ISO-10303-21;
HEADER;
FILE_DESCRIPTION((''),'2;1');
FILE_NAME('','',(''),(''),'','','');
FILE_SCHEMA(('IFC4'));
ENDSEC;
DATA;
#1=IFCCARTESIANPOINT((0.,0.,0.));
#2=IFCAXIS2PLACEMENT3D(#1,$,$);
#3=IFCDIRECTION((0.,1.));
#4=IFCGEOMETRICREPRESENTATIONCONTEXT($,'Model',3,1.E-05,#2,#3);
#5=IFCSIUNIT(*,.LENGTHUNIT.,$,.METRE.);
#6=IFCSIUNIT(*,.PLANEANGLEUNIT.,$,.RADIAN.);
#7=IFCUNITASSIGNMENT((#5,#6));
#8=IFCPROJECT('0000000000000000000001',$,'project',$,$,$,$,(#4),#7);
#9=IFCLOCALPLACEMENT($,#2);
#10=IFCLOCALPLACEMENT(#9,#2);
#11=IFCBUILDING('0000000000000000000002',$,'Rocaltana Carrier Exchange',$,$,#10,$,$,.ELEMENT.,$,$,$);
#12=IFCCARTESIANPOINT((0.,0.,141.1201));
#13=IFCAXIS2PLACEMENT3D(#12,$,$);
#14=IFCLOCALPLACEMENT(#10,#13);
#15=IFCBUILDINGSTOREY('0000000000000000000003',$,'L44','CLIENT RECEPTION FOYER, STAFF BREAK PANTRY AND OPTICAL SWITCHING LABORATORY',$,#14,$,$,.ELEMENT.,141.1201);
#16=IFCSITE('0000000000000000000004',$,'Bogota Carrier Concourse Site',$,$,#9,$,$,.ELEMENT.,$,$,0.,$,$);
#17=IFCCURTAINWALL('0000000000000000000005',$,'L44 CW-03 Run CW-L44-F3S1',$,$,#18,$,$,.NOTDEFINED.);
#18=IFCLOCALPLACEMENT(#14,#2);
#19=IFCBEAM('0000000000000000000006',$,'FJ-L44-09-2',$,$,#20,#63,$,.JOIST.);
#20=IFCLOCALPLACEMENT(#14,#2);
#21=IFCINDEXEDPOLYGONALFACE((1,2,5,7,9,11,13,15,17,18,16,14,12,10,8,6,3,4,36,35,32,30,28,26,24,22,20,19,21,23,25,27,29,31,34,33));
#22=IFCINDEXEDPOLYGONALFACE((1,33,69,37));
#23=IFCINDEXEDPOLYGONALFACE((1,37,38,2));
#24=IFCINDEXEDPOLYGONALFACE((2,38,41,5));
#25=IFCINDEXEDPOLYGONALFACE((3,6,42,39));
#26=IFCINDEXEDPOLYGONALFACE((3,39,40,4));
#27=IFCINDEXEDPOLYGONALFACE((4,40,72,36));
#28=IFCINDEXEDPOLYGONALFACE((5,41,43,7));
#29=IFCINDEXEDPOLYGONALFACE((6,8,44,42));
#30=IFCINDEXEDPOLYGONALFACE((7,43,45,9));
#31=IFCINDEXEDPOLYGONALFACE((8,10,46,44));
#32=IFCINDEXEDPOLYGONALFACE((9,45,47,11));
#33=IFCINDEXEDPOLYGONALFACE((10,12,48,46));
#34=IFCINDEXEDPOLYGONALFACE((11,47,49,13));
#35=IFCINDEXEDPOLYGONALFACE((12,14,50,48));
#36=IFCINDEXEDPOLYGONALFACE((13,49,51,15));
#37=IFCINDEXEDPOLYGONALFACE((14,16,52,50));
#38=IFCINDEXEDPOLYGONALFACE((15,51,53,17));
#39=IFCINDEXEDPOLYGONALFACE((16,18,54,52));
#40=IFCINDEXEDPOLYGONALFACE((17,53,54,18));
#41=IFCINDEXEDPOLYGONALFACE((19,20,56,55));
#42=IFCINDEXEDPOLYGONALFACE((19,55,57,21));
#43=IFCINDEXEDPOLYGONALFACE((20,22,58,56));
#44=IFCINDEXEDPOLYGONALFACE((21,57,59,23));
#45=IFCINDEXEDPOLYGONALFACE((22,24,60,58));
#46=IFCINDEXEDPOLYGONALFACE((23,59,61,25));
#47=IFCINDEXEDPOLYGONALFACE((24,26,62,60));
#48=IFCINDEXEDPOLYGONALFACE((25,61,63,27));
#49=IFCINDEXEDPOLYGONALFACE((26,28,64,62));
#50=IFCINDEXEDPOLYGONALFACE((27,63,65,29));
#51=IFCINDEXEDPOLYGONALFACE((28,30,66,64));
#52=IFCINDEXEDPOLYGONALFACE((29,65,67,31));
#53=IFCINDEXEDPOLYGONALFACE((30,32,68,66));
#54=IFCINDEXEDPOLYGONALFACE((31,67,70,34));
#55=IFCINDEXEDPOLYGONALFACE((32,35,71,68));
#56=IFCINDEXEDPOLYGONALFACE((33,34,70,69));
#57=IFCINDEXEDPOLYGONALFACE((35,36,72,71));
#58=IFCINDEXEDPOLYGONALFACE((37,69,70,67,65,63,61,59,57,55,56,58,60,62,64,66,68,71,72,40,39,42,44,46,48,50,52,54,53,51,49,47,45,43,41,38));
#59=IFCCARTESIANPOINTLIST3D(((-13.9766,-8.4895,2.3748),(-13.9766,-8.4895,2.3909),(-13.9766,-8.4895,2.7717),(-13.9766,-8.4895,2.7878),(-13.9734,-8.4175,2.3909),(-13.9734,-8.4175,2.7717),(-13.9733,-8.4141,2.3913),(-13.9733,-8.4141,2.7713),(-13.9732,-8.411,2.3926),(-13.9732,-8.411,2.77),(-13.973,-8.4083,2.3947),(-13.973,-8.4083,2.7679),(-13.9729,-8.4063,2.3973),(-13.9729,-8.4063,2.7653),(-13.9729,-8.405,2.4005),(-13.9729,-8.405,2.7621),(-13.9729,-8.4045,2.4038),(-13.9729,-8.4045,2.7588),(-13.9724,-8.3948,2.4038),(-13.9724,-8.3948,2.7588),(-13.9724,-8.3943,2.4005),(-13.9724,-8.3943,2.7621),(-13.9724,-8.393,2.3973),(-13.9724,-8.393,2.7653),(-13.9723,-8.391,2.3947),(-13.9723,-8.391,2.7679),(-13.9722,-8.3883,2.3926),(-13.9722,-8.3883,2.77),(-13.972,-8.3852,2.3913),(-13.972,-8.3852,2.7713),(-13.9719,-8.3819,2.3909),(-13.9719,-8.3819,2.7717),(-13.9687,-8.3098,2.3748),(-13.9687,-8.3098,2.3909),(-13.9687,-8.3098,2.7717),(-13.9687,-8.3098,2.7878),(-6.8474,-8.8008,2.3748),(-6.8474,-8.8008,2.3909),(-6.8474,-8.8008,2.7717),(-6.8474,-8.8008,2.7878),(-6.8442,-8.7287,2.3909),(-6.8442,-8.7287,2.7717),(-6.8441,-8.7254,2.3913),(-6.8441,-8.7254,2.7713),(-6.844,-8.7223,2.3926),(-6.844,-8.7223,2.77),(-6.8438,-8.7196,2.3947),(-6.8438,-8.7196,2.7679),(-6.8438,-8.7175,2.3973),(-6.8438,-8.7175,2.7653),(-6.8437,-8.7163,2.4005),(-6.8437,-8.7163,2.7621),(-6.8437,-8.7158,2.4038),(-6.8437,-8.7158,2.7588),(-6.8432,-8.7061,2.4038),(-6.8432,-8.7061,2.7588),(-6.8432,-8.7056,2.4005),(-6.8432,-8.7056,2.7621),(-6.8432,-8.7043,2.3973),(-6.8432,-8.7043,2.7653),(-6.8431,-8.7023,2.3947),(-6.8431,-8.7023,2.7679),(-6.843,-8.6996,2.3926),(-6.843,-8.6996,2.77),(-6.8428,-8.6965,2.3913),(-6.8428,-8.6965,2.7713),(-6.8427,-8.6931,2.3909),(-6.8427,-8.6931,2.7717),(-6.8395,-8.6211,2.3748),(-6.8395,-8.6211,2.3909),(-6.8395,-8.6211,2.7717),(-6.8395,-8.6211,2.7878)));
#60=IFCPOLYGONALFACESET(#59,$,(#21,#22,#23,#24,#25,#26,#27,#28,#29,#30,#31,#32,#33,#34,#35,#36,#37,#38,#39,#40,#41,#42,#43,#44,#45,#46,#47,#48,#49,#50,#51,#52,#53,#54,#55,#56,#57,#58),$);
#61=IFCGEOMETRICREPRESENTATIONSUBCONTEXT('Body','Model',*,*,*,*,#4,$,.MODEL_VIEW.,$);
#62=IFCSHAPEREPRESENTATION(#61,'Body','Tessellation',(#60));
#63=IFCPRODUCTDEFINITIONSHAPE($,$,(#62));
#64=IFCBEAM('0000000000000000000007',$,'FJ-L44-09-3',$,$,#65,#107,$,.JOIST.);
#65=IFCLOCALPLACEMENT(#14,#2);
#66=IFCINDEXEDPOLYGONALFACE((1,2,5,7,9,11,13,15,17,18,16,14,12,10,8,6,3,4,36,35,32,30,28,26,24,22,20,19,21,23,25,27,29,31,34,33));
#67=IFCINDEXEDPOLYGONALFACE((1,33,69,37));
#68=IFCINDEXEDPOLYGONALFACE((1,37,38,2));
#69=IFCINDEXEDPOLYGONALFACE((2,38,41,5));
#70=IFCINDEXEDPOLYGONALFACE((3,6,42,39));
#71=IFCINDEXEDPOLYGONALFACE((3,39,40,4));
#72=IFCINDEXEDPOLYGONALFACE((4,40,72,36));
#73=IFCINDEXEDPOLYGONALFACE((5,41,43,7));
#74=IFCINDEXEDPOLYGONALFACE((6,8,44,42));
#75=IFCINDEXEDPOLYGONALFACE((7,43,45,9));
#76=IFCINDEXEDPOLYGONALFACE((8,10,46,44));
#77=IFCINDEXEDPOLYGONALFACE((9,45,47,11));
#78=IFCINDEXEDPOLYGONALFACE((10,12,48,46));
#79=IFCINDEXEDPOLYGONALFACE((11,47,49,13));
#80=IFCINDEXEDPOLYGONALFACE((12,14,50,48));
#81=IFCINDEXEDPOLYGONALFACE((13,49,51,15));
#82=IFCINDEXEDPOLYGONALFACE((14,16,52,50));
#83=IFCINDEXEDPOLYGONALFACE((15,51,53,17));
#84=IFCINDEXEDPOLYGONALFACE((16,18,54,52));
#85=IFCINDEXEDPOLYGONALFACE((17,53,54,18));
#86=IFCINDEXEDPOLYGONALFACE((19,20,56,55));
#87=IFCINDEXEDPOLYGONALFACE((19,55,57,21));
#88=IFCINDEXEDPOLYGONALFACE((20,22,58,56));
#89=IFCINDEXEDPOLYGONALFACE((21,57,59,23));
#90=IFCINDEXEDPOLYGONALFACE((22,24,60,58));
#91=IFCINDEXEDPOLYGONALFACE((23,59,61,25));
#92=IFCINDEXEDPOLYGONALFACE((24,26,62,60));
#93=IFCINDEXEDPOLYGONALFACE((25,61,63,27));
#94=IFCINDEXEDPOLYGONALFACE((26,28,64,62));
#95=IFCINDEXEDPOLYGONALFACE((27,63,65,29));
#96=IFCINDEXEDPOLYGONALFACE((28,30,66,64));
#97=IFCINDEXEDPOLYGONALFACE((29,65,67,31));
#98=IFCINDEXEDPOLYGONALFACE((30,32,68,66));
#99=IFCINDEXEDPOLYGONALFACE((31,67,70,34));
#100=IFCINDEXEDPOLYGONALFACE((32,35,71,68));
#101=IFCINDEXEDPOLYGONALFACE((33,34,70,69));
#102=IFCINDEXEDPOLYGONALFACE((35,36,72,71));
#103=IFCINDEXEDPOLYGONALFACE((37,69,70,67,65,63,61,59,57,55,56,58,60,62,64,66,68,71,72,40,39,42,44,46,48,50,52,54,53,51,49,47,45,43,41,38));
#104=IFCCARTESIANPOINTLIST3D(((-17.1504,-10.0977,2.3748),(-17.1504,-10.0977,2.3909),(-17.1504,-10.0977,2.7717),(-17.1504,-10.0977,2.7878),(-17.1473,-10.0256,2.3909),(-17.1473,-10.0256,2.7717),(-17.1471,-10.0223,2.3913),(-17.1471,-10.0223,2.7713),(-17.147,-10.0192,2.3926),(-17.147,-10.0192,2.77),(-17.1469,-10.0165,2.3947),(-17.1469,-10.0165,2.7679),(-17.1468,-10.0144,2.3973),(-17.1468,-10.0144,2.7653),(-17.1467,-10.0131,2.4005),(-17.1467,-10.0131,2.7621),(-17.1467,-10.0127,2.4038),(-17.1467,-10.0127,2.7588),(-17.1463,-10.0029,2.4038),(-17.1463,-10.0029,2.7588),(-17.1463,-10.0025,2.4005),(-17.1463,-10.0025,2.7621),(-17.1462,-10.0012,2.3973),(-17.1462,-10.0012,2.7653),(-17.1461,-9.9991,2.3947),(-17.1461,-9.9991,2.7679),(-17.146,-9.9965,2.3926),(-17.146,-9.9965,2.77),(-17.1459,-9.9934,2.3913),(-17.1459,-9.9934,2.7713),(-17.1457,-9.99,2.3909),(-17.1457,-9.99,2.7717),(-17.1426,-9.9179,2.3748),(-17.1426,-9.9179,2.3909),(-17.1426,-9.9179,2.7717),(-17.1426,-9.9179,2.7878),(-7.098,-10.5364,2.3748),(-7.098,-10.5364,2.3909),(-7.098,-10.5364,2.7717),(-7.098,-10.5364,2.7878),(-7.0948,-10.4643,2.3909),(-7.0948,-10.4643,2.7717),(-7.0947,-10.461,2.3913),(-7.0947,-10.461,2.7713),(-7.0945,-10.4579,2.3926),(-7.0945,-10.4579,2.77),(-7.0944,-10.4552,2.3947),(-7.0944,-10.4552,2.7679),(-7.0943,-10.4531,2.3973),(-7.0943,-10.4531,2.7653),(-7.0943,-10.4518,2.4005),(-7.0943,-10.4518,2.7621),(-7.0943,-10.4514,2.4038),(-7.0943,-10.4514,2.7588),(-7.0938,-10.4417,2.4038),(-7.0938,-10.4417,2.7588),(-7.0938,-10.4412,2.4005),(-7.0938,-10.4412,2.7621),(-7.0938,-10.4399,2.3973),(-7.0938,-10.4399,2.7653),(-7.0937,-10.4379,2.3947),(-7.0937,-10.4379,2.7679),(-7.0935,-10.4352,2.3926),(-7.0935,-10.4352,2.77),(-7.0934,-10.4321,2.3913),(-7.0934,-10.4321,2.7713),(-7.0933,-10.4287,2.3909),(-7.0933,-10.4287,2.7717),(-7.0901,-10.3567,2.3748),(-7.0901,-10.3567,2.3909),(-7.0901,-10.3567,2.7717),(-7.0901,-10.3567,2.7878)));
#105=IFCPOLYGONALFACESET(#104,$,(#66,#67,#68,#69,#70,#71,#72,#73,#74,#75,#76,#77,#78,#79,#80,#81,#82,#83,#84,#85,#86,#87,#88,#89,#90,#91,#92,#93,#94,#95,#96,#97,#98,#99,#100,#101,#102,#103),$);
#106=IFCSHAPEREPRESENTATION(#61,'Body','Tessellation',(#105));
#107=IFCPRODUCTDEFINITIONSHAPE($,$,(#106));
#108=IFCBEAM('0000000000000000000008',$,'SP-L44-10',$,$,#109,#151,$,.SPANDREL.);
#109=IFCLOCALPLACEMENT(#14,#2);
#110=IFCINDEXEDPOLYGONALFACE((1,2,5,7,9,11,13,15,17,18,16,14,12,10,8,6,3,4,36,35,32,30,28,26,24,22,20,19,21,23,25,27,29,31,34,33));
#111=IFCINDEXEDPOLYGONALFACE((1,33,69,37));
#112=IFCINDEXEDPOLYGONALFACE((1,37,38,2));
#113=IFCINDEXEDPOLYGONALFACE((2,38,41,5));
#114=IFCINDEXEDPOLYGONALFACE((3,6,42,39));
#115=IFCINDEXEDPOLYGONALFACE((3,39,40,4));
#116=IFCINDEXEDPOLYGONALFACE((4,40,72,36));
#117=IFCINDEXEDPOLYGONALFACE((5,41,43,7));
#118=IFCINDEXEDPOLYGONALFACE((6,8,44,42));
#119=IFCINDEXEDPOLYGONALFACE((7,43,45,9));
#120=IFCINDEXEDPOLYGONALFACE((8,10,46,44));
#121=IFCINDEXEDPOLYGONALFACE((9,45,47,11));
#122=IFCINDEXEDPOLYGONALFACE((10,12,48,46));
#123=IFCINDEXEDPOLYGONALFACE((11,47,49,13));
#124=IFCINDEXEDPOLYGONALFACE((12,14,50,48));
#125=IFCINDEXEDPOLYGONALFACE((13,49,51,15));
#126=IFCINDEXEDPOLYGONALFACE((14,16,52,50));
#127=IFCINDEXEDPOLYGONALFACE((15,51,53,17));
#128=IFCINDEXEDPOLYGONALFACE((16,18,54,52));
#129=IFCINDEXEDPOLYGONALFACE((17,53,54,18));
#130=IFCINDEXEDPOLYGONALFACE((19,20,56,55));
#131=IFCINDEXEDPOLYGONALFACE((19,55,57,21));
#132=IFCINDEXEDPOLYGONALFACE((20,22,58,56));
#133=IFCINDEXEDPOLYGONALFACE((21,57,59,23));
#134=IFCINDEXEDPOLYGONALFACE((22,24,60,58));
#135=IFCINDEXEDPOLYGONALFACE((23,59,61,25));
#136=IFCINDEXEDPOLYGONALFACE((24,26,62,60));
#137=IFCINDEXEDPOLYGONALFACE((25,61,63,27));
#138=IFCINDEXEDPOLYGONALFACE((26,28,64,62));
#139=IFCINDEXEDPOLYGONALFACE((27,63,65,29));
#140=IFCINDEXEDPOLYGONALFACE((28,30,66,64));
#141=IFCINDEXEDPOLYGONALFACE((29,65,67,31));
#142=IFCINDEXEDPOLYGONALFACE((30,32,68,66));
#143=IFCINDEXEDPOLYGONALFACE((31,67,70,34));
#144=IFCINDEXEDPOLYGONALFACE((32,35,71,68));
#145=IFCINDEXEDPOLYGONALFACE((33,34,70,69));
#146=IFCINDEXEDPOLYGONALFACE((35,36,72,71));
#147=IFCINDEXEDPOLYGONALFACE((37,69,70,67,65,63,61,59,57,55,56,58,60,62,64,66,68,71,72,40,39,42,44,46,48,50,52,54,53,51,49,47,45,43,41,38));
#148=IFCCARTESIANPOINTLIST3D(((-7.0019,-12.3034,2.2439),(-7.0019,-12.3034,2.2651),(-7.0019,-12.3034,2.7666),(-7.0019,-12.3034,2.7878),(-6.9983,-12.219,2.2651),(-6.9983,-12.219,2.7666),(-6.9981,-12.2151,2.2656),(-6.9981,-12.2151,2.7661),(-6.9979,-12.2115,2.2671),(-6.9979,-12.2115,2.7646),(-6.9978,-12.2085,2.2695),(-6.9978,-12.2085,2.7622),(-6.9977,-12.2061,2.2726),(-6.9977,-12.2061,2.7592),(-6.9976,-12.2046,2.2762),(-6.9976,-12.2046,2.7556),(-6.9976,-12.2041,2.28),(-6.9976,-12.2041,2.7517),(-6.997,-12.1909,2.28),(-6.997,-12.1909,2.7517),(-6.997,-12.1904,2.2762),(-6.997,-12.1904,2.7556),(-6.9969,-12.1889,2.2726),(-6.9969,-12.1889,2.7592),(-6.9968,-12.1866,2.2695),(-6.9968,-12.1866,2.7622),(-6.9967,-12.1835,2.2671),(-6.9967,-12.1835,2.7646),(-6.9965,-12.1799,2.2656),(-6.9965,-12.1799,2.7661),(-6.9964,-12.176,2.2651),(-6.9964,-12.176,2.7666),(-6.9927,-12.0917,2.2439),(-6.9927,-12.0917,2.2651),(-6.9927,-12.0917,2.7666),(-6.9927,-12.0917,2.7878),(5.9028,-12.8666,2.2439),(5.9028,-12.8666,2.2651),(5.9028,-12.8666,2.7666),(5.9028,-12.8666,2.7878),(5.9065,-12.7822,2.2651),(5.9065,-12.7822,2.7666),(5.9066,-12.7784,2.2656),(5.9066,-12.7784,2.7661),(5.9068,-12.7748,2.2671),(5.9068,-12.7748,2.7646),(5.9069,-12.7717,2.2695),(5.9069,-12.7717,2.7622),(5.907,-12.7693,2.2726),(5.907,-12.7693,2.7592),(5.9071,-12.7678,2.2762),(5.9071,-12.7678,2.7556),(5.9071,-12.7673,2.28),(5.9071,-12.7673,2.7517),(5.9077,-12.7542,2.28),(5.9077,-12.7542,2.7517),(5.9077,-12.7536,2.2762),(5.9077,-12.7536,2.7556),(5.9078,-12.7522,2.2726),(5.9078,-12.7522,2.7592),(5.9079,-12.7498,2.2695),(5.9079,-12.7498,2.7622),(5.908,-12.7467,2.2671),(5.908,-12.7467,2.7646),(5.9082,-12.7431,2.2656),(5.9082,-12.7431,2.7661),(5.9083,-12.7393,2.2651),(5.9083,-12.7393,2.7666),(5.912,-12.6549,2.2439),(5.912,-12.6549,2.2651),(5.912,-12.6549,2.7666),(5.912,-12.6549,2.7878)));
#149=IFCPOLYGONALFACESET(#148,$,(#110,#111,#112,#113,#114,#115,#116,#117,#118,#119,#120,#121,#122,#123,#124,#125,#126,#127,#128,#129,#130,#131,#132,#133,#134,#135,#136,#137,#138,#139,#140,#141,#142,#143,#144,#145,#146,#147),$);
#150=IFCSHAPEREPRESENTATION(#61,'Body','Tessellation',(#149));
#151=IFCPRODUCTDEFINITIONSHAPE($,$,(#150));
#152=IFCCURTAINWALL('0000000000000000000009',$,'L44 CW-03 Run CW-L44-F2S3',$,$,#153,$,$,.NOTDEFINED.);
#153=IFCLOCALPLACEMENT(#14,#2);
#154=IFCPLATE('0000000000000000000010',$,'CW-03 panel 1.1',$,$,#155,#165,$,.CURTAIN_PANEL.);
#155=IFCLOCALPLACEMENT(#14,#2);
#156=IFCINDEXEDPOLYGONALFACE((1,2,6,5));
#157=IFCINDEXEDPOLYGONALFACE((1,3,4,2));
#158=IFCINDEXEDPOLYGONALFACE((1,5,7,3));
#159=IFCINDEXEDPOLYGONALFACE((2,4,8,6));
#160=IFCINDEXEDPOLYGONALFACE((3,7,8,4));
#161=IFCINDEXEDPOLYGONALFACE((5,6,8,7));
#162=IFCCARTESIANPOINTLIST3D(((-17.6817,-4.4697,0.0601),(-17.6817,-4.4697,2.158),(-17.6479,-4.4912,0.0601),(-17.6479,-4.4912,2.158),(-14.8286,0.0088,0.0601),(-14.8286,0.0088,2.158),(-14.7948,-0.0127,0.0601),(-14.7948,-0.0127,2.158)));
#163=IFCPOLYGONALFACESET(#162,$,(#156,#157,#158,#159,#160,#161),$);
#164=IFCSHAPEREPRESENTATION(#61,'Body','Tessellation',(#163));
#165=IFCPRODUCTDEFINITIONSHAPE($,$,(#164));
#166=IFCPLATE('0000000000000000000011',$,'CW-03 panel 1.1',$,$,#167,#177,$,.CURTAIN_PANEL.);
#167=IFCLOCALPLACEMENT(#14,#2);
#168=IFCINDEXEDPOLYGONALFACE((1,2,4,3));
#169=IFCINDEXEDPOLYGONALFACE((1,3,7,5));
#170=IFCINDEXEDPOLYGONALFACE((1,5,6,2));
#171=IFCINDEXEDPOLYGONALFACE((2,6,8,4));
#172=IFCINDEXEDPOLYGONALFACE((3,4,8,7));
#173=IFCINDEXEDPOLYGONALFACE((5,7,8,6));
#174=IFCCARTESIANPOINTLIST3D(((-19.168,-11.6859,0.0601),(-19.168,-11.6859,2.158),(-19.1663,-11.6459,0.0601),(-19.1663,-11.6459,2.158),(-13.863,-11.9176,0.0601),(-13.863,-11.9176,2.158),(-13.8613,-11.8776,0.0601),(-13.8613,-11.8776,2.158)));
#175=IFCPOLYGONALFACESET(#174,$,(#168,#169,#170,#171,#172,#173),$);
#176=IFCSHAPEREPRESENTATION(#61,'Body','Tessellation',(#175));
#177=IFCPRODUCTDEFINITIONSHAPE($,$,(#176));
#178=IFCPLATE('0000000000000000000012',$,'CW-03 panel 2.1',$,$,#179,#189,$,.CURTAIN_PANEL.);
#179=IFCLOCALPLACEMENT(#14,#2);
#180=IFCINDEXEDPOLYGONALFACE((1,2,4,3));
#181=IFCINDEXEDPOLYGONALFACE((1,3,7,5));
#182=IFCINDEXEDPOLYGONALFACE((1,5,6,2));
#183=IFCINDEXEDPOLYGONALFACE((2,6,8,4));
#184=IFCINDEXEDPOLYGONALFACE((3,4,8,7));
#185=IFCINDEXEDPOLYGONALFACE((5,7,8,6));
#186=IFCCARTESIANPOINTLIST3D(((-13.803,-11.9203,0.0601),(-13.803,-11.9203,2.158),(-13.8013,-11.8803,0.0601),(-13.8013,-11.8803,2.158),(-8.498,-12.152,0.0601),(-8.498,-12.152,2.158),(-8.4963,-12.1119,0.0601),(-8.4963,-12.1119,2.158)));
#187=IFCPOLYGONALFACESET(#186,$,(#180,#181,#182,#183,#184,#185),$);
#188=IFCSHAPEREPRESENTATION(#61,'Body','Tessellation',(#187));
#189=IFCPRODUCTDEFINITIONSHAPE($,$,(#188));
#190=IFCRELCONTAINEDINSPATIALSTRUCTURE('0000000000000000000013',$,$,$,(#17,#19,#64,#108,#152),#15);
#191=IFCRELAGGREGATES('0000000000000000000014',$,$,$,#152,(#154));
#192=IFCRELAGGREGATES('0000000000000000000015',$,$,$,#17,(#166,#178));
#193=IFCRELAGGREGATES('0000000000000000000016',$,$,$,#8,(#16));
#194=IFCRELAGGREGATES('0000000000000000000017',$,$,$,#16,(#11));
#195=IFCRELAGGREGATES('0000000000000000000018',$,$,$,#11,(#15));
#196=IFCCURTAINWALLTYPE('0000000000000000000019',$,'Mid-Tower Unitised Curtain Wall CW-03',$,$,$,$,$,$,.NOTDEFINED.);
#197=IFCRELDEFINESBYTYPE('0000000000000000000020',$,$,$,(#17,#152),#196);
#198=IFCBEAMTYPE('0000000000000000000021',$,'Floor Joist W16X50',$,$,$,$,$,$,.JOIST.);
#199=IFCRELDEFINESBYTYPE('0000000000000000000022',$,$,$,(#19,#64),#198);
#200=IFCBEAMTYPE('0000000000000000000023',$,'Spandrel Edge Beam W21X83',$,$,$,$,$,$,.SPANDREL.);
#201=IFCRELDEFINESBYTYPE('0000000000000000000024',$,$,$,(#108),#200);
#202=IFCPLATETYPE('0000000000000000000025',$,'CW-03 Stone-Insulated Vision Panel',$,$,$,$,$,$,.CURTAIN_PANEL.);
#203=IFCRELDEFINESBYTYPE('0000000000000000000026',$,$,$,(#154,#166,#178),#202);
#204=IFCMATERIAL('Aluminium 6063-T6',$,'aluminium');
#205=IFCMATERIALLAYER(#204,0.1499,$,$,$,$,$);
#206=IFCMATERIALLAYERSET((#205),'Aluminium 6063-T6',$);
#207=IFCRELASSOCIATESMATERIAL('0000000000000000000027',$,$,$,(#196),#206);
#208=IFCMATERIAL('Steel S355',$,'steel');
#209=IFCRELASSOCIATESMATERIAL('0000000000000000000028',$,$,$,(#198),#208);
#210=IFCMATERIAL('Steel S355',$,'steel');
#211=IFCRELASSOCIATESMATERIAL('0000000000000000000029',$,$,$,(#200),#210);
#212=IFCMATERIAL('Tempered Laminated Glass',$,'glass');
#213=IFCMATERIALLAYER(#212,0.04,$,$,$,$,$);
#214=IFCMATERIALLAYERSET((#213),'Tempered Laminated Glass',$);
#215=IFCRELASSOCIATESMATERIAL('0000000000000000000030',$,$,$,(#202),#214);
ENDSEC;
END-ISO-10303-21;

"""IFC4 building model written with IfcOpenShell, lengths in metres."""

from ifc_helpers import new_model, si_unit, direction, frame, origin, origin_2d, place, context, subcontext, project, spatial, rectangle, i_section, extrude, material, layer, layer_set, material_profile, profile_set, type_object, element, aggregate, save


model = new_model("IFC4")

# Units and contexts
model_context = context("Model", 3, precision=1e-05, world=origin(), true_north=direction((0.0, 1.0)))
body_context = subcontext(model_context, "Body", "Model", "MODEL_VIEW")
ifc_project = project(units=[si_unit("LENGTHUNIT", "METRE"), si_unit("PLANEANGLEUNIT", "RADIAN")], contexts=[model_context])

# Site, building, storey
site_placement = place(None, origin())
site = spatial("IfcSite", under=ifc_project, at=site_placement, Name="Bogota Carrier Concourse Site", CompositionType="ELEMENT", RefElevation=0.0)
building_placement = place(site_placement, origin())
building = spatial("IfcBuilding", under=site, at=building_placement, Name="Rocaltana Carrier Exchange", CompositionType="ELEMENT")
storey_placement = place(building_placement, frame((0.0, 0.0, 141.1201)))
storey = spatial("IfcBuildingStorey", under=building, at=storey_placement, Name="L44", Description="CLIENT RECEPTION FOYER, STAFF BREAK PANTRY AND OPTICAL SWITCHING LABORATORY", CompositionType="ELEMENT", Elevation=141.1201)

# Curtain wall
ifc_material_1 = material(Name="Aluminium 6063-T6", Category="aluminium")
ifc_layer_1 = layer(ifc_material_1, 0.1499)
ifc_layer_set_1 = layer_set([ifc_layer_1], Name="Aluminium 6063-T6")
curtain_wall_type = type_object("IfcCurtainWallType", Name="Mid-Tower Unitised Curtain Wall CW-03", PredefinedType="NOTDEFINED", material=ifc_layer_set_1)
curtain_wall_1_placement = place(storey_placement, origin())
curtain_wall_1 = element("IfcCurtainWall", 1, at=curtain_wall_1_placement, inside=storey, type_object=curtain_wall_type, Name="L44 CW-03 Run CW-L44-F3S1", PredefinedType="NOTDEFINED")

# Beams
ifc_material_2 = material(Name="Steel S355", Category="steel")
ifc_material_profile_1 = material_profile(ifc_material_2, i_section(OverallWidth=0.1799, OverallDepth=0.4131, WebThickness=0.0098, FlangeThickness=0.0161, FilletRadius=0.0129, at=origin_2d()), Name="W16X50")
ifc_profile_set_1 = profile_set([ifc_material_profile_1], Name="Steel S355")
beam_type_1 = type_object("IfcBeamType", Name="Floor Joist W16X50", PredefinedType="JOIST", material=ifc_profile_set_1)
beam_1_placement = place(storey_placement, frame((-13.9727, -8.3997, 2.5813), z_axis=(0.999048, -0.043621, 0.0), x_axis=(0.043621, 0.999048, 0.0)))
element("IfcBeam", 2, at=beam_1_placement, inside=storey, type_object=beam_type_1, Name="FJ-L44-09-2", PredefinedType="JOIST", context=body_context, shape_type="SweptSolid", body=[
    extrude(i_section(OverallWidth=0.1799, OverallDepth=0.4131, WebThickness=0.0098, FlangeThickness=0.0161, FilletRadius=0.0129, at=origin_2d()), origin(), (0.0, 0.0, 1.0), 7.136),
])
beam_2_placement = place(storey_placement, frame((-17.1465, -10.0078, 2.5813), z_axis=(0.999049, -0.043601, 0.0), x_axis=(0.043601, 0.999049, 0.0)))
element("IfcBeam", 3, at=beam_2_placement, inside=storey, type_object=beam_type_1, Name="FJ-L44-09-3", PredefinedType="JOIST", context=body_context, shape_type="SweptSolid", body=[
    extrude(i_section(OverallWidth=0.1799, OverallDepth=0.4131, WebThickness=0.0098, FlangeThickness=0.0161, FilletRadius=0.0129, at=origin_2d()), origin(), (0.0, 0.0, 1.0), 10.062),
])
ifc_material_3 = material(Name="Steel S355", Category="steel")
ifc_material_profile_2 = material_profile(ifc_material_3, i_section(OverallWidth=0.2119, OverallDepth=0.5439, WebThickness=0.0132, FlangeThickness=0.0212, FilletRadius=0.0149, at=origin_2d()), Name="W21X83")
ifc_profile_set_2 = profile_set([ifc_material_profile_2], Name="Steel S355")
beam_type_2 = type_object("IfcBeamType", Name="Spandrel Edge Beam W21X83", PredefinedType="SPANDREL", material=ifc_profile_set_2)
beam_3_placement = place(storey_placement, frame((-6.9973, -12.1975, 2.5159), z_axis=(0.999049, -0.043604, 0.0), x_axis=(0.043604, 0.999049, 0.0)))
element("IfcBeam", 4, at=beam_3_placement, inside=storey, type_object=beam_type_2, Name="SP-L44-10", PredefinedType="SPANDREL", context=body_context, shape_type="SweptSolid", body=[
    extrude(i_section(OverallWidth=0.2119, OverallDepth=0.5439, WebThickness=0.0132, FlangeThickness=0.0212, FilletRadius=0.0149, at=origin_2d()), origin(), (0.0, 0.0, 1.0), 12.917),
])

# Curtain wall, plate
curtain_wall_2_placement = place(storey_placement, origin())
curtain_wall_2 = element("IfcCurtainWall", 5, at=curtain_wall_2_placement, inside=storey, type_object=curtain_wall_type, Name="L44 CW-03 Run CW-L44-F2S3", PredefinedType="NOTDEFINED")
ifc_material_4 = material(Name="Tempered Laminated Glass", Category="glass")
ifc_layer_2 = layer(ifc_material_4, 0.04)
ifc_layer_set_2 = layer_set([ifc_layer_2], Name="Tempered Laminated Glass")
plate_type = type_object("IfcPlateType", Name="CW-03 Stone-Insulated Vision Panel", PredefinedType="CURTAIN_PANEL", material=ifc_layer_set_2)
plate_1_placement = place(storey_placement, frame((-16.2383, -2.2412, 0.0601), z_axis=(0.0, 0.0, 1.0), x_axis=(-0.537301, -0.843391, 0.0)))
plate_1 = element("IfcPlate", 6, at=plate_1_placement, type_object=plate_type, Name="CW-03 panel 1.1", PredefinedType="CURTAIN_PANEL", context=body_context, shape_type="SweptSolid", body=[
    extrude(rectangle(XDim=5.3101, YDim=0.04, at=origin_2d()), origin(), (0.0, 0.0, 1.0), 2.0979),
])
aggregate(curtain_wall_2, [plate_1])

# Plates
plate_2_placement = place(storey_placement, frame((-16.5146, -11.7817, 0.0601), z_axis=(0.0, 0.0, 1.0), x_axis=(0.999048, -0.043629, 0.0)))
plate_2 = element("IfcPlate", 7, at=plate_2_placement, type_object=plate_type, Name="CW-03 panel 1.1", PredefinedType="CURTAIN_PANEL", context=body_context, shape_type="SweptSolid", body=[
    extrude(rectangle(XDim=5.3101, YDim=0.04, at=origin_2d()), origin(), (0.0, 0.0, 1.0), 2.0979),
])
plate_3_placement = place(storey_placement, frame((-11.1497, -12.0161, 0.0601), z_axis=(0.0, 0.0, 1.0), x_axis=(0.999048, -0.043629, 0.0)))
plate_3 = element("IfcPlate", 8, at=plate_3_placement, type_object=plate_type, Name="CW-03 panel 2.1", PredefinedType="CURTAIN_PANEL", context=body_context, shape_type="SweptSolid", body=[
    extrude(rectangle(XDim=5.3101, YDim=0.04, at=origin_2d()), origin(), (0.0, 0.0, 1.0), 2.0979),
])
aggregate(curtain_wall_1, [plate_2, plate_3])

save(model, "model.ifc")
